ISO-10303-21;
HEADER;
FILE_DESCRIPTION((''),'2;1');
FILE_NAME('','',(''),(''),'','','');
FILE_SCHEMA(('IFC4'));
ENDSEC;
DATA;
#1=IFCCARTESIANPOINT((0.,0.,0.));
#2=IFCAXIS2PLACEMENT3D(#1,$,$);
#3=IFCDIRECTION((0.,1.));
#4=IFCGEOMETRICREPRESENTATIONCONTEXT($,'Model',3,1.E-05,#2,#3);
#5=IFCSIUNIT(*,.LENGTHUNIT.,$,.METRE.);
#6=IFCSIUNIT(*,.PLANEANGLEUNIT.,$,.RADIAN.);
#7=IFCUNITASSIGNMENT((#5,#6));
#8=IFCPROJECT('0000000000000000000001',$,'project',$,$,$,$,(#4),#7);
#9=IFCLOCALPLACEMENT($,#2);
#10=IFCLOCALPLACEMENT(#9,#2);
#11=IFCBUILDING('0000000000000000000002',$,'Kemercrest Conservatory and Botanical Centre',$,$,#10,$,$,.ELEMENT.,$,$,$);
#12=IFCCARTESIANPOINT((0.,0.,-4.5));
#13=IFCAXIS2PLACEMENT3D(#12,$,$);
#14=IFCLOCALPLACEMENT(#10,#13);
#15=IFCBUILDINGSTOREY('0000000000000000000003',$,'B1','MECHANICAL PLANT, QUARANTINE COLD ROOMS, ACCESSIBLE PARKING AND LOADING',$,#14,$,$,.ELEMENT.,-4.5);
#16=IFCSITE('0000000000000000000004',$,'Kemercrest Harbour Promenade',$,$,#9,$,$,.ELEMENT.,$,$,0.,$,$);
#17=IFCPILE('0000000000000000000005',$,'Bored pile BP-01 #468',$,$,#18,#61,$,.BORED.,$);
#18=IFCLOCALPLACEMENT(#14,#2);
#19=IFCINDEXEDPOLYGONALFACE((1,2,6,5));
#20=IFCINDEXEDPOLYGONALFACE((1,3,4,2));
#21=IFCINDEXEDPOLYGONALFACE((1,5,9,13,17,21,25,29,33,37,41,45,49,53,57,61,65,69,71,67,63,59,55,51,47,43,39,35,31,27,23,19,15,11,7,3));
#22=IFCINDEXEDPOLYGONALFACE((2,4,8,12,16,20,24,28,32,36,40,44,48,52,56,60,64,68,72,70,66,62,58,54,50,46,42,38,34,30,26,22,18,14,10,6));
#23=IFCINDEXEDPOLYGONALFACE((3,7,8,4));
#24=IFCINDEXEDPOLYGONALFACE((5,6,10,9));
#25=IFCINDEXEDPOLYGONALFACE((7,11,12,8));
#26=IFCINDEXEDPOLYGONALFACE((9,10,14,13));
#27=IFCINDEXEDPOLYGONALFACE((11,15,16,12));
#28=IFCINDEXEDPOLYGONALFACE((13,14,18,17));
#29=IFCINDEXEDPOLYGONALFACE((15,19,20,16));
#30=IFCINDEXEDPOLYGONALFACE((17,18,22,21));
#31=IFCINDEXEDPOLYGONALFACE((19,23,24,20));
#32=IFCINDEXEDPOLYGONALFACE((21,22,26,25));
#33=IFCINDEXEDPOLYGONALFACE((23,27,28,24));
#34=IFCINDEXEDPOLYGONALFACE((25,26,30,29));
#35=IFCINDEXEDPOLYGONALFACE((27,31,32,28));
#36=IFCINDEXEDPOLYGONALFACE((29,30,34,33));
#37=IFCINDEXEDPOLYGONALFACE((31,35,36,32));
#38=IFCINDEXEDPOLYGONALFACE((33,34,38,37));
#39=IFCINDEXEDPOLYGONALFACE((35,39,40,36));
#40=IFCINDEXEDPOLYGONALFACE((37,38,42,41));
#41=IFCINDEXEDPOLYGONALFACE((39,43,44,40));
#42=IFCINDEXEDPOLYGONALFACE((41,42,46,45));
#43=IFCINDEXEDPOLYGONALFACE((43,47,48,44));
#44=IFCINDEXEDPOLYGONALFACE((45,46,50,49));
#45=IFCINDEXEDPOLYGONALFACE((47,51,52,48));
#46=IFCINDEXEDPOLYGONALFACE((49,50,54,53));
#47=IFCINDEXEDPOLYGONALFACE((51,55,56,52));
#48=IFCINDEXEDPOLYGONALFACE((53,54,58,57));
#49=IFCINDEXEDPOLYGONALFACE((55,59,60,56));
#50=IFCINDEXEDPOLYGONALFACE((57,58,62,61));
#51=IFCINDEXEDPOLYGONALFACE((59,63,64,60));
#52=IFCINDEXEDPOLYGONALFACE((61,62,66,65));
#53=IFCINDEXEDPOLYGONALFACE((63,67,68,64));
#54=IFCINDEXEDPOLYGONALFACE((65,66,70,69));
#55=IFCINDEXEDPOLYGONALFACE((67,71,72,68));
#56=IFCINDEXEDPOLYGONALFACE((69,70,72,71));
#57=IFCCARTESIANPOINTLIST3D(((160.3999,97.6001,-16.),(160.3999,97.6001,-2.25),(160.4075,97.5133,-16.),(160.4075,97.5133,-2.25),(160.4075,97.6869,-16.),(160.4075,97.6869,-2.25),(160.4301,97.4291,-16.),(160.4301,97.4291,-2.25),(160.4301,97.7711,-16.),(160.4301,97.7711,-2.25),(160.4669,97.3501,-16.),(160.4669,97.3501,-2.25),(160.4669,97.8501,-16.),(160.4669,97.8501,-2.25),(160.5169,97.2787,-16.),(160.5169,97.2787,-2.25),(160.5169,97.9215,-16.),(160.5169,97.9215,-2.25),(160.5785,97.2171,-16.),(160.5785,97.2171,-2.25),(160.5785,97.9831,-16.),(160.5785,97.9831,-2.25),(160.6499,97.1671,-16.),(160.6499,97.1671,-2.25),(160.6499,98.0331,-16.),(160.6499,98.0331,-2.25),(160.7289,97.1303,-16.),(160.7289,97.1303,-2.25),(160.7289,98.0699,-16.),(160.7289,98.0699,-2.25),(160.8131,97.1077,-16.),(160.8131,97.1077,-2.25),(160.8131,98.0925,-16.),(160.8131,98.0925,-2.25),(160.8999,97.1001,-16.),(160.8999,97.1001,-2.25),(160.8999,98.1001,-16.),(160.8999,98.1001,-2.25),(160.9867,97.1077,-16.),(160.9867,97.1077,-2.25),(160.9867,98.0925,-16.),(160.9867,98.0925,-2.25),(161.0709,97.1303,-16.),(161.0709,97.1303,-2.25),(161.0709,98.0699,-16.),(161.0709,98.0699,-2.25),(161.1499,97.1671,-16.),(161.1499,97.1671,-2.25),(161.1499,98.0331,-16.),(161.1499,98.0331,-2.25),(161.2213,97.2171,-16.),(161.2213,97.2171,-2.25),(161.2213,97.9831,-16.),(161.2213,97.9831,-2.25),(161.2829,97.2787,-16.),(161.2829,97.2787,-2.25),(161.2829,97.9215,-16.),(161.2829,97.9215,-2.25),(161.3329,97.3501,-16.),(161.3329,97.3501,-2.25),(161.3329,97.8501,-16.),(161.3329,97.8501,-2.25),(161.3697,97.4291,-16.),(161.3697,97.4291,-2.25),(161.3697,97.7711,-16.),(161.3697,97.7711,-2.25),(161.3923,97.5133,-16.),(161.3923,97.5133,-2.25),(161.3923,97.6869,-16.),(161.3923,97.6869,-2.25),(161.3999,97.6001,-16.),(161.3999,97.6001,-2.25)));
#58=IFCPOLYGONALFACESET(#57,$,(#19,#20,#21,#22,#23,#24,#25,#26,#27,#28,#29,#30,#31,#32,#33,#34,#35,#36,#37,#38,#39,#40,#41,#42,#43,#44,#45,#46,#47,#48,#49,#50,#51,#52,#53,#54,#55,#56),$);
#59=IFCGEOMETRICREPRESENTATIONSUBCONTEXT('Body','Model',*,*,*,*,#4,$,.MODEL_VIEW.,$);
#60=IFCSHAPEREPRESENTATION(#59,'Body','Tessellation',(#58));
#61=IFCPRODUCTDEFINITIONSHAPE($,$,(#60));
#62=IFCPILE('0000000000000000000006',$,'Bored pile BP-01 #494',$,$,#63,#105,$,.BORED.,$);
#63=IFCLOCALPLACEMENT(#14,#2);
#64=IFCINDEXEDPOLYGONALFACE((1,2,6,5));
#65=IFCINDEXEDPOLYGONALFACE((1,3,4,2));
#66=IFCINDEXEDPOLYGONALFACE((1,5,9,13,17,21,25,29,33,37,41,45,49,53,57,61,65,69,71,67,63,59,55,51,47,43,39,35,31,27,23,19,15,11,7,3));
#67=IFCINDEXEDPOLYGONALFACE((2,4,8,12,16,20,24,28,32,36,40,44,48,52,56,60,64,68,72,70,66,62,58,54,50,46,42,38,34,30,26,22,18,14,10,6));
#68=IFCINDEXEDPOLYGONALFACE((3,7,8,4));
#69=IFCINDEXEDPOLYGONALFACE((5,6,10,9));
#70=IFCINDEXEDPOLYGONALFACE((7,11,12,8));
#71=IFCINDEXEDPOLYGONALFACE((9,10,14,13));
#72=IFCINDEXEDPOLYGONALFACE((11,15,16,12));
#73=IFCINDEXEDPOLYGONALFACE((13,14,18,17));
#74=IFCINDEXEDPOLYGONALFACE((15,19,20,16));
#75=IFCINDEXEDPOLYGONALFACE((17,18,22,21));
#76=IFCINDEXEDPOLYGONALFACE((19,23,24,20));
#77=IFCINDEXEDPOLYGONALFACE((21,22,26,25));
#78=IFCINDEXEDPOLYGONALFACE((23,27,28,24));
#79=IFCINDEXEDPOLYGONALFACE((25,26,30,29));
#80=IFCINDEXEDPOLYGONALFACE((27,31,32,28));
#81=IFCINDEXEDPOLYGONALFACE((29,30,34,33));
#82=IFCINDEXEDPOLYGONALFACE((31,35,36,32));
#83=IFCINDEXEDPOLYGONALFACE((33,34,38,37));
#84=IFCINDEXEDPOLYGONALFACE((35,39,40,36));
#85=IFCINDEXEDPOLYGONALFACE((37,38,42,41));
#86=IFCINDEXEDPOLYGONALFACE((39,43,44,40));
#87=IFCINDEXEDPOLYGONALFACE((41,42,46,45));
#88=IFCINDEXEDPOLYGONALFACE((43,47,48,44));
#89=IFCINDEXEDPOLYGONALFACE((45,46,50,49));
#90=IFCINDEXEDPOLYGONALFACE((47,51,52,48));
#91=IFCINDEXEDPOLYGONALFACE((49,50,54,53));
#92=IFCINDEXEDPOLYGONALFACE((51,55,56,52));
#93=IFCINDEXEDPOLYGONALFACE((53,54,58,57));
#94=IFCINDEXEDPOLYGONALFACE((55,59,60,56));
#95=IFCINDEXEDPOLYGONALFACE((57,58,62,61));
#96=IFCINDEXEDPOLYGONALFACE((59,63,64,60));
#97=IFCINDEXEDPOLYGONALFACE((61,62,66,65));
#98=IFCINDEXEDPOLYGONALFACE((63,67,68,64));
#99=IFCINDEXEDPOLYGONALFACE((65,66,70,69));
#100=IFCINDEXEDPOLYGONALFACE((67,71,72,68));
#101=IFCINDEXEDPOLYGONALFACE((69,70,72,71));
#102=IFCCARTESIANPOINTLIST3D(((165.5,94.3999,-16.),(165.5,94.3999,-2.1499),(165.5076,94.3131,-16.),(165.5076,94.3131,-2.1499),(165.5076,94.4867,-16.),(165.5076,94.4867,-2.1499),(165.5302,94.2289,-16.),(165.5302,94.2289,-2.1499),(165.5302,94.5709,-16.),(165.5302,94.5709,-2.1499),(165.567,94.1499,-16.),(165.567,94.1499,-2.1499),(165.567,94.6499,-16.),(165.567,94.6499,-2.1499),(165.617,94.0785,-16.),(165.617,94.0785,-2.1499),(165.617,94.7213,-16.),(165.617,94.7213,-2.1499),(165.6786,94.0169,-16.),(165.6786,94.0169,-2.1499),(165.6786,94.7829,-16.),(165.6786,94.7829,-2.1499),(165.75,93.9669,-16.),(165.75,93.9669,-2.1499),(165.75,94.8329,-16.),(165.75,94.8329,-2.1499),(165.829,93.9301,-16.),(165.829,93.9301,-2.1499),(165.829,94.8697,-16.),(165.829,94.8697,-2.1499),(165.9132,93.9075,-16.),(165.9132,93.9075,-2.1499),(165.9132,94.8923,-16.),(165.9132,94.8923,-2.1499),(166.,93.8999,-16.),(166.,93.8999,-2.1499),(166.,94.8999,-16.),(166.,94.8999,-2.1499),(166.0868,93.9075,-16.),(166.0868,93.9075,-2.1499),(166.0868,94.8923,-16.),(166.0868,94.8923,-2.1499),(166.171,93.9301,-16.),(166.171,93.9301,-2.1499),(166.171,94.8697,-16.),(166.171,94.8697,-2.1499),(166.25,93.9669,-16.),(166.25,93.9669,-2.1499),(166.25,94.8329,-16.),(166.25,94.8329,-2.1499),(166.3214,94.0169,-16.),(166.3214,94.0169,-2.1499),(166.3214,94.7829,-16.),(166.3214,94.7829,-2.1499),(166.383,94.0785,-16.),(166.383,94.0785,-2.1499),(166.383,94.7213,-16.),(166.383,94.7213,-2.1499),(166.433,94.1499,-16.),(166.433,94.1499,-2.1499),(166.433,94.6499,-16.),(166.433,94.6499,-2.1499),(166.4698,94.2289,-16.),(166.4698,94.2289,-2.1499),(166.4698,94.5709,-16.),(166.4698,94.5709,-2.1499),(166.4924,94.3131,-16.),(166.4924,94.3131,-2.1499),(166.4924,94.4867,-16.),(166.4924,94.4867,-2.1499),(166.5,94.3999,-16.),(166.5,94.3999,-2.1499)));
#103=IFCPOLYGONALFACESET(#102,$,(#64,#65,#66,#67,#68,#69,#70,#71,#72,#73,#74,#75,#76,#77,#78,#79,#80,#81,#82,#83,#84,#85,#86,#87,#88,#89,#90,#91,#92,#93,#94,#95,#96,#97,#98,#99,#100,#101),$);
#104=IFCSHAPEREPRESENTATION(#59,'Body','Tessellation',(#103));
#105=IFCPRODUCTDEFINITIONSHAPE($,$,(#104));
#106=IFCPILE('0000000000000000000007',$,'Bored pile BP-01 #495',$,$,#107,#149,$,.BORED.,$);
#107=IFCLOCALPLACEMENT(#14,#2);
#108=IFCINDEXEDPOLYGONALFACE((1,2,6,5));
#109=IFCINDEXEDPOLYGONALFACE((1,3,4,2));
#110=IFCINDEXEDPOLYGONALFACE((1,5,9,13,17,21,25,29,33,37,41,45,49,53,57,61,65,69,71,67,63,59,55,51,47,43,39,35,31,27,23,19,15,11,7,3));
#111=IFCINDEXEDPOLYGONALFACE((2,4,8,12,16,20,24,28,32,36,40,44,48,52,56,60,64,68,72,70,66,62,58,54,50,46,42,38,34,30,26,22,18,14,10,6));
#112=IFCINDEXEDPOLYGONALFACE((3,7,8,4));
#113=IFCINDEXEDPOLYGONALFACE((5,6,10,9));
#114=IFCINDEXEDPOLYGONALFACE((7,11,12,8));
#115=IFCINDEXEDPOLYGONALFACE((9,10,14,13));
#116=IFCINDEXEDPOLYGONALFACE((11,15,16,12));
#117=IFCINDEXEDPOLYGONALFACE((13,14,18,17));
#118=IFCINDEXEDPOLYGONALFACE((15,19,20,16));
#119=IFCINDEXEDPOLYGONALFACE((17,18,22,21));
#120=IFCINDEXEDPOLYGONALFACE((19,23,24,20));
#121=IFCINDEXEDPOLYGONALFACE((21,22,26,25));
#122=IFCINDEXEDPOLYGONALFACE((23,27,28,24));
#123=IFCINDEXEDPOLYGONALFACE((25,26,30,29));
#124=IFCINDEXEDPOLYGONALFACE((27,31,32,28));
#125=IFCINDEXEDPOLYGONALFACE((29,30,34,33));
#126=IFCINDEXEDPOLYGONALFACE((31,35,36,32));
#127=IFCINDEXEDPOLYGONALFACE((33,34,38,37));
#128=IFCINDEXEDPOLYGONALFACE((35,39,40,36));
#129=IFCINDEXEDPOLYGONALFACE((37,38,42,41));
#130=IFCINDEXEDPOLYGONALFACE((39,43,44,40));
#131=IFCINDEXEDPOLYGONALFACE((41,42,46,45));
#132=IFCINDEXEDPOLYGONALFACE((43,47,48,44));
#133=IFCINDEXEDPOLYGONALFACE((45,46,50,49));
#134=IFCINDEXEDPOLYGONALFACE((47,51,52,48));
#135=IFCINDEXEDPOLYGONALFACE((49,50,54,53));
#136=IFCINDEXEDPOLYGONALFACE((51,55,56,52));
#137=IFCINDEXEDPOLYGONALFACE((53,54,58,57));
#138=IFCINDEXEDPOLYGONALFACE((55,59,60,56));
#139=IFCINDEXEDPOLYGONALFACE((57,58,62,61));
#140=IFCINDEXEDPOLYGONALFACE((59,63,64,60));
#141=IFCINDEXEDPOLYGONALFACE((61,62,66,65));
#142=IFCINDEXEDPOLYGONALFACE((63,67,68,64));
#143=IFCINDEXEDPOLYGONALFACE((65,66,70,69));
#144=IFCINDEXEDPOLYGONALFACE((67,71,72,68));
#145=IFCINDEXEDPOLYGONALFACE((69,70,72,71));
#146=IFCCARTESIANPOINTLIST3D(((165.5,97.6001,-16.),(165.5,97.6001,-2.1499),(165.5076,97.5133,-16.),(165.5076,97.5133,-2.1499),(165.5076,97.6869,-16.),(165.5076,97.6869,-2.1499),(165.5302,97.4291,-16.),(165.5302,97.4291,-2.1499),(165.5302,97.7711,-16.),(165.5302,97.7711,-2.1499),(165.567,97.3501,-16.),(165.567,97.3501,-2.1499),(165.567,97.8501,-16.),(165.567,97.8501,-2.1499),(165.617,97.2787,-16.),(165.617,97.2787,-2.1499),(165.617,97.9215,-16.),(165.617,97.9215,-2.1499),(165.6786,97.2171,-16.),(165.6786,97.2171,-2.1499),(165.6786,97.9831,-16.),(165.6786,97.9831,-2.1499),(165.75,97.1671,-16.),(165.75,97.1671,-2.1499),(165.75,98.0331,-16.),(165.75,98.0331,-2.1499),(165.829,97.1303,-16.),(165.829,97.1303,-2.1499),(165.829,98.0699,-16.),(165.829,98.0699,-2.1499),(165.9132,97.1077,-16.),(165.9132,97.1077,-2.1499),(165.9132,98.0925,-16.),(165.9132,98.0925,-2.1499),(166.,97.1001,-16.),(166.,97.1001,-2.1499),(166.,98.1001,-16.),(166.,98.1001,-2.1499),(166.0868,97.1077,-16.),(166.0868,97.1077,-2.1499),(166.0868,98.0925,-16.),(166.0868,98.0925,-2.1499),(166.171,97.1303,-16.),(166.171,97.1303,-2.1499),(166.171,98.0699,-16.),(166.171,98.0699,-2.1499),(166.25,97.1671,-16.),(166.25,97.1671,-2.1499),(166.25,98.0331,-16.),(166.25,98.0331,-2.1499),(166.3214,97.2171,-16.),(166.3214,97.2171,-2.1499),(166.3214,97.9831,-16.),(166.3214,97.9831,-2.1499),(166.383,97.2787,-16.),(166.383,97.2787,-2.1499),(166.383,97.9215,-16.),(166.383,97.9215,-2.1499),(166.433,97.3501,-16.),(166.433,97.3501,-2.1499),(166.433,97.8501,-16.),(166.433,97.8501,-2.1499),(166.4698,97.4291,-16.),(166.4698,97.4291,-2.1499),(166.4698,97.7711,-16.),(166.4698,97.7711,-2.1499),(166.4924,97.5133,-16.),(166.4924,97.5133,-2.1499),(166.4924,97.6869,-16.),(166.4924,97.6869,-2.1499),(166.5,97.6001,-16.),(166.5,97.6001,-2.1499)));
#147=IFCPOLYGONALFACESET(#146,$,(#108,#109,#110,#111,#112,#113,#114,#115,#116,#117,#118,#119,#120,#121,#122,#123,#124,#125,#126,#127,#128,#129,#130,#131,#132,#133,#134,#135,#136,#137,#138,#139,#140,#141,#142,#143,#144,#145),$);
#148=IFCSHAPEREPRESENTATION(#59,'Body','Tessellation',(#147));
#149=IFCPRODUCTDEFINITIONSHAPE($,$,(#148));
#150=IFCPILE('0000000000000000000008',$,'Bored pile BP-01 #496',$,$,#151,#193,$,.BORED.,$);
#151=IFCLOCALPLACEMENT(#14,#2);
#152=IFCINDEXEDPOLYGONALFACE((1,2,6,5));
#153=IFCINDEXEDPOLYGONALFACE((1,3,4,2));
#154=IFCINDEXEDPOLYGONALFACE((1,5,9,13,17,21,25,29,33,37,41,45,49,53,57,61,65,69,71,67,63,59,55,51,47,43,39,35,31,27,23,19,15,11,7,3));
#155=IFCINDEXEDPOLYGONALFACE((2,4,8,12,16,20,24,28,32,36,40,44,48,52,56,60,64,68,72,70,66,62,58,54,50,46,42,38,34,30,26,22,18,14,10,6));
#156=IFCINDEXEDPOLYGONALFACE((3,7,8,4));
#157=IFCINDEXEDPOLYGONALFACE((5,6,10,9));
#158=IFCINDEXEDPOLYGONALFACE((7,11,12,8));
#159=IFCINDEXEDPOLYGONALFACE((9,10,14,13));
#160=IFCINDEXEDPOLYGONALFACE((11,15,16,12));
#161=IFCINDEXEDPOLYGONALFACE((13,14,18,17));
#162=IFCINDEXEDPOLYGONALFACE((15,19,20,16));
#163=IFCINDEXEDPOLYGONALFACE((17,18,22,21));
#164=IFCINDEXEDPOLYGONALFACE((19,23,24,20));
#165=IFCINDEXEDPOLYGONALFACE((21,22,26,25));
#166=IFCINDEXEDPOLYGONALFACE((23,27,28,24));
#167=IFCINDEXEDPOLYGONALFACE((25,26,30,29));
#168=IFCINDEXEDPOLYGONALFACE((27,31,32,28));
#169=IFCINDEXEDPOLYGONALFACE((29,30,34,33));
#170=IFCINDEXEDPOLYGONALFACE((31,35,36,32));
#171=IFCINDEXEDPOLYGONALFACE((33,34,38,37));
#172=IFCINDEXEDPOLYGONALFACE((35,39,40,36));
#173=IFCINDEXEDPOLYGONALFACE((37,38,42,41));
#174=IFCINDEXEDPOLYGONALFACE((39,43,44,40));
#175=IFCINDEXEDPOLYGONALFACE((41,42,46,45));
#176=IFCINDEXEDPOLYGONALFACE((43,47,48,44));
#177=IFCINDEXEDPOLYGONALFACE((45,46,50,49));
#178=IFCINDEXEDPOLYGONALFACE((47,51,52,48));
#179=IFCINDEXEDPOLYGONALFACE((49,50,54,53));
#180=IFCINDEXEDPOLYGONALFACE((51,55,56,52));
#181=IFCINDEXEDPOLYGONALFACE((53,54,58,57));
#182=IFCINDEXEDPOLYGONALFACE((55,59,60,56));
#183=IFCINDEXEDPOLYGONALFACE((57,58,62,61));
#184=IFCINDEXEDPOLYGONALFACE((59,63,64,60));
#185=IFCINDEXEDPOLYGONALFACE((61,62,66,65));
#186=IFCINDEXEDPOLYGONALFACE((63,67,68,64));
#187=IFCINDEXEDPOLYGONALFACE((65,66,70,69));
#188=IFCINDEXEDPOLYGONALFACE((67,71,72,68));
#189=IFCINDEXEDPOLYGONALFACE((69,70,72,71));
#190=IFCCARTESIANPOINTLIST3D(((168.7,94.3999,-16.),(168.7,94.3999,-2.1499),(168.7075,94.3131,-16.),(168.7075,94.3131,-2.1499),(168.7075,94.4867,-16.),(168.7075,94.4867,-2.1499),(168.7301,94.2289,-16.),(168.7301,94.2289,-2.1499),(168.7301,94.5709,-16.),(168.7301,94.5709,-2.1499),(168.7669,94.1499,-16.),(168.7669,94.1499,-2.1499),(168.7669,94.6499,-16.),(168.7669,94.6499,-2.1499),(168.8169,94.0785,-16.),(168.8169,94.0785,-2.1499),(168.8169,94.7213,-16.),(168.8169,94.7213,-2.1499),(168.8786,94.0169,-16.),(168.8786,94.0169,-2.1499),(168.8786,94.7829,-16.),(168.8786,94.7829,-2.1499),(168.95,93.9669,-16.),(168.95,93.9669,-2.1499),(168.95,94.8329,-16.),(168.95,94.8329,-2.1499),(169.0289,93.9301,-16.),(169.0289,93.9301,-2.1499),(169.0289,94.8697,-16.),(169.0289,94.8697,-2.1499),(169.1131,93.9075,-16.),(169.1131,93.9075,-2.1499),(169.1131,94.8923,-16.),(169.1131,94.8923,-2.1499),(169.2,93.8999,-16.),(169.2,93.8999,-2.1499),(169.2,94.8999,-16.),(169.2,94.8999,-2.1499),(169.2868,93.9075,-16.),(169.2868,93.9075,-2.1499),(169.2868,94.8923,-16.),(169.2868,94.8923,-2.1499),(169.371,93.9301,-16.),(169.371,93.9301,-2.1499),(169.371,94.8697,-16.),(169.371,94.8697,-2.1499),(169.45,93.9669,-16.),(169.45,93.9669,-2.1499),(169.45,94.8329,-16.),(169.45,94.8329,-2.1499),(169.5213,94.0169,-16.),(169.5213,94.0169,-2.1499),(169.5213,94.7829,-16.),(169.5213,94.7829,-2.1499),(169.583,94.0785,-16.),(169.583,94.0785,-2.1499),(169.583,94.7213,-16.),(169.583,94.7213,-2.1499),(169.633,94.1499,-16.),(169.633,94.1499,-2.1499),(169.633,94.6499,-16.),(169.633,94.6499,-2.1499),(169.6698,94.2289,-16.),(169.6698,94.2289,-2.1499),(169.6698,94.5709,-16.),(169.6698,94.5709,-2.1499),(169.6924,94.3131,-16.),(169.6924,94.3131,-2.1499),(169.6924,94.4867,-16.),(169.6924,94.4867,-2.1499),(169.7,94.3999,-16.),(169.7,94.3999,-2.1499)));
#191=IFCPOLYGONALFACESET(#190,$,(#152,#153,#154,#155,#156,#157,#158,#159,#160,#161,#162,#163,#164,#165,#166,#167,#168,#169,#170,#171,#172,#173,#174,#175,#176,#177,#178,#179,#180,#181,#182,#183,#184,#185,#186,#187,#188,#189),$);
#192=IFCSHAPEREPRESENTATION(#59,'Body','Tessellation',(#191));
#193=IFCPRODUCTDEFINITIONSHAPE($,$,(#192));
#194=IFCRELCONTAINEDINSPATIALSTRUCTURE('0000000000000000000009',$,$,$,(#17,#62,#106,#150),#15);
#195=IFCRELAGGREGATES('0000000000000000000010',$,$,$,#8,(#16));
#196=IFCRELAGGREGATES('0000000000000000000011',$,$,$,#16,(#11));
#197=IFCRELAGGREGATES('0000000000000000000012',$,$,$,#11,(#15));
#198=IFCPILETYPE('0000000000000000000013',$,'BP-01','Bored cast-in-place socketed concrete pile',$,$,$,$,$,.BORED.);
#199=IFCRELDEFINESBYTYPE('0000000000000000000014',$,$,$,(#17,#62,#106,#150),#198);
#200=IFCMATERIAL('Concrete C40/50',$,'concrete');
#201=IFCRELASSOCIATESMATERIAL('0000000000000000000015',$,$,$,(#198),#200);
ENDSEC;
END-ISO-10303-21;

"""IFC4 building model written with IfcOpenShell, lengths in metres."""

from ifc_helpers import new_model, si_unit, direction, frame, origin, origin_2d, place, context, subcontext, project, spatial, circle, extrude, material, material_profile, profile_set, type_object, element, save


model = new_model("IFC4")

# Units and contexts
model_context = context("Model", 3, precision=1e-05, world=origin(), true_north=direction((0.0, 1.0)))
body_context = subcontext(model_context, "Body", "Model", "MODEL_VIEW")
ifc_project = project(units=[si_unit("LENGTHUNIT", "METRE"), si_unit("PLANEANGLEUNIT", "RADIAN")], contexts=[model_context])

# Site, building, storey
site_placement = place(None, origin())
site = spatial("IfcSite", under=ifc_project, at=site_placement, Name="Kemercrest Harbour Promenade", CompositionType="ELEMENT", RefElevation=0.0)
building_placement = place(site_placement, origin())
building = spatial("IfcBuilding", under=site, at=building_placement, Name="Kemercrest Conservatory and Botanical Centre", CompositionType="ELEMENT")
storey_placement = place(building_placement, frame((0.0, 0.0, -4.5)))
storey = spatial("IfcBuildingStorey", under=building, at=storey_placement, Name="B1", Description="MECHANICAL PLANT, QUARANTINE COLD ROOMS, ACCESSIBLE PARKING AND LOADING", CompositionType="ELEMENT", Elevation=-4.5)

# Piles
ifc_material_1 = material(Name="Concrete C40/50", Category="concrete")
ifc_material_profile_1 = material_profile(ifc_material_1, circle(Radius=0.5, at=origin_2d()), Name="BORED PILE 1000")
ifc_profile_set_1 = profile_set([ifc_material_profile_1], Name="Concrete C40/50")
pile_type = type_object("IfcPileType", Name="BP-01", Description="Bored cast-in-place socketed concrete pile", PredefinedType="BORED", material=ifc_profile_set_1)
pile_placement = place(storey_placement, frame((160.8999, 97.6001, -2.25), z_axis=(0.0, 0.0, -1.0), x_axis=(1.0, 0.0, 0.0)))
element("IfcPile", 1, at=pile_placement, inside=storey, type_object=pile_type, Name="Bored pile BP-01 #468", PredefinedType="BORED", context=body_context, shape_type="SweptSolid", body=[
    extrude(circle(Radius=0.5, at=origin_2d()), origin(), (0.0, 0.0, 1.0), 13.75),
])
for number, where, z_axis, x_axis, name in (
    (2, (166.0, 94.3999, -2.1499), (0.0, 0.0, -1.0), (1.0, 0.0, 0.0), "Bored pile BP-01 #494"),
    (3, (166.0, 97.6001, -2.1499), (0.0, 0.0, -1.0), (1.0, 0.0, 0.0), "Bored pile BP-01 #495"),
    (4, (169.2, 94.3999, -2.1499), (0.0, 0.0, -1.0), (1.0, 0.0, 0.0), "Bored pile BP-01 #496"),
):
    element("IfcPile", number, at=place(storey_placement, frame(where, z_axis=z_axis, x_axis=x_axis)), inside=storey, type_object=pile_type, Name=name, PredefinedType="BORED", context=body_context, shape_type="SweptSolid", body=[
        extrude(circle(Radius=0.5, at=origin_2d()), origin(), (0.0, 0.0, 1.0), 13.8501),
    ])

save(model, "model.ifc")
